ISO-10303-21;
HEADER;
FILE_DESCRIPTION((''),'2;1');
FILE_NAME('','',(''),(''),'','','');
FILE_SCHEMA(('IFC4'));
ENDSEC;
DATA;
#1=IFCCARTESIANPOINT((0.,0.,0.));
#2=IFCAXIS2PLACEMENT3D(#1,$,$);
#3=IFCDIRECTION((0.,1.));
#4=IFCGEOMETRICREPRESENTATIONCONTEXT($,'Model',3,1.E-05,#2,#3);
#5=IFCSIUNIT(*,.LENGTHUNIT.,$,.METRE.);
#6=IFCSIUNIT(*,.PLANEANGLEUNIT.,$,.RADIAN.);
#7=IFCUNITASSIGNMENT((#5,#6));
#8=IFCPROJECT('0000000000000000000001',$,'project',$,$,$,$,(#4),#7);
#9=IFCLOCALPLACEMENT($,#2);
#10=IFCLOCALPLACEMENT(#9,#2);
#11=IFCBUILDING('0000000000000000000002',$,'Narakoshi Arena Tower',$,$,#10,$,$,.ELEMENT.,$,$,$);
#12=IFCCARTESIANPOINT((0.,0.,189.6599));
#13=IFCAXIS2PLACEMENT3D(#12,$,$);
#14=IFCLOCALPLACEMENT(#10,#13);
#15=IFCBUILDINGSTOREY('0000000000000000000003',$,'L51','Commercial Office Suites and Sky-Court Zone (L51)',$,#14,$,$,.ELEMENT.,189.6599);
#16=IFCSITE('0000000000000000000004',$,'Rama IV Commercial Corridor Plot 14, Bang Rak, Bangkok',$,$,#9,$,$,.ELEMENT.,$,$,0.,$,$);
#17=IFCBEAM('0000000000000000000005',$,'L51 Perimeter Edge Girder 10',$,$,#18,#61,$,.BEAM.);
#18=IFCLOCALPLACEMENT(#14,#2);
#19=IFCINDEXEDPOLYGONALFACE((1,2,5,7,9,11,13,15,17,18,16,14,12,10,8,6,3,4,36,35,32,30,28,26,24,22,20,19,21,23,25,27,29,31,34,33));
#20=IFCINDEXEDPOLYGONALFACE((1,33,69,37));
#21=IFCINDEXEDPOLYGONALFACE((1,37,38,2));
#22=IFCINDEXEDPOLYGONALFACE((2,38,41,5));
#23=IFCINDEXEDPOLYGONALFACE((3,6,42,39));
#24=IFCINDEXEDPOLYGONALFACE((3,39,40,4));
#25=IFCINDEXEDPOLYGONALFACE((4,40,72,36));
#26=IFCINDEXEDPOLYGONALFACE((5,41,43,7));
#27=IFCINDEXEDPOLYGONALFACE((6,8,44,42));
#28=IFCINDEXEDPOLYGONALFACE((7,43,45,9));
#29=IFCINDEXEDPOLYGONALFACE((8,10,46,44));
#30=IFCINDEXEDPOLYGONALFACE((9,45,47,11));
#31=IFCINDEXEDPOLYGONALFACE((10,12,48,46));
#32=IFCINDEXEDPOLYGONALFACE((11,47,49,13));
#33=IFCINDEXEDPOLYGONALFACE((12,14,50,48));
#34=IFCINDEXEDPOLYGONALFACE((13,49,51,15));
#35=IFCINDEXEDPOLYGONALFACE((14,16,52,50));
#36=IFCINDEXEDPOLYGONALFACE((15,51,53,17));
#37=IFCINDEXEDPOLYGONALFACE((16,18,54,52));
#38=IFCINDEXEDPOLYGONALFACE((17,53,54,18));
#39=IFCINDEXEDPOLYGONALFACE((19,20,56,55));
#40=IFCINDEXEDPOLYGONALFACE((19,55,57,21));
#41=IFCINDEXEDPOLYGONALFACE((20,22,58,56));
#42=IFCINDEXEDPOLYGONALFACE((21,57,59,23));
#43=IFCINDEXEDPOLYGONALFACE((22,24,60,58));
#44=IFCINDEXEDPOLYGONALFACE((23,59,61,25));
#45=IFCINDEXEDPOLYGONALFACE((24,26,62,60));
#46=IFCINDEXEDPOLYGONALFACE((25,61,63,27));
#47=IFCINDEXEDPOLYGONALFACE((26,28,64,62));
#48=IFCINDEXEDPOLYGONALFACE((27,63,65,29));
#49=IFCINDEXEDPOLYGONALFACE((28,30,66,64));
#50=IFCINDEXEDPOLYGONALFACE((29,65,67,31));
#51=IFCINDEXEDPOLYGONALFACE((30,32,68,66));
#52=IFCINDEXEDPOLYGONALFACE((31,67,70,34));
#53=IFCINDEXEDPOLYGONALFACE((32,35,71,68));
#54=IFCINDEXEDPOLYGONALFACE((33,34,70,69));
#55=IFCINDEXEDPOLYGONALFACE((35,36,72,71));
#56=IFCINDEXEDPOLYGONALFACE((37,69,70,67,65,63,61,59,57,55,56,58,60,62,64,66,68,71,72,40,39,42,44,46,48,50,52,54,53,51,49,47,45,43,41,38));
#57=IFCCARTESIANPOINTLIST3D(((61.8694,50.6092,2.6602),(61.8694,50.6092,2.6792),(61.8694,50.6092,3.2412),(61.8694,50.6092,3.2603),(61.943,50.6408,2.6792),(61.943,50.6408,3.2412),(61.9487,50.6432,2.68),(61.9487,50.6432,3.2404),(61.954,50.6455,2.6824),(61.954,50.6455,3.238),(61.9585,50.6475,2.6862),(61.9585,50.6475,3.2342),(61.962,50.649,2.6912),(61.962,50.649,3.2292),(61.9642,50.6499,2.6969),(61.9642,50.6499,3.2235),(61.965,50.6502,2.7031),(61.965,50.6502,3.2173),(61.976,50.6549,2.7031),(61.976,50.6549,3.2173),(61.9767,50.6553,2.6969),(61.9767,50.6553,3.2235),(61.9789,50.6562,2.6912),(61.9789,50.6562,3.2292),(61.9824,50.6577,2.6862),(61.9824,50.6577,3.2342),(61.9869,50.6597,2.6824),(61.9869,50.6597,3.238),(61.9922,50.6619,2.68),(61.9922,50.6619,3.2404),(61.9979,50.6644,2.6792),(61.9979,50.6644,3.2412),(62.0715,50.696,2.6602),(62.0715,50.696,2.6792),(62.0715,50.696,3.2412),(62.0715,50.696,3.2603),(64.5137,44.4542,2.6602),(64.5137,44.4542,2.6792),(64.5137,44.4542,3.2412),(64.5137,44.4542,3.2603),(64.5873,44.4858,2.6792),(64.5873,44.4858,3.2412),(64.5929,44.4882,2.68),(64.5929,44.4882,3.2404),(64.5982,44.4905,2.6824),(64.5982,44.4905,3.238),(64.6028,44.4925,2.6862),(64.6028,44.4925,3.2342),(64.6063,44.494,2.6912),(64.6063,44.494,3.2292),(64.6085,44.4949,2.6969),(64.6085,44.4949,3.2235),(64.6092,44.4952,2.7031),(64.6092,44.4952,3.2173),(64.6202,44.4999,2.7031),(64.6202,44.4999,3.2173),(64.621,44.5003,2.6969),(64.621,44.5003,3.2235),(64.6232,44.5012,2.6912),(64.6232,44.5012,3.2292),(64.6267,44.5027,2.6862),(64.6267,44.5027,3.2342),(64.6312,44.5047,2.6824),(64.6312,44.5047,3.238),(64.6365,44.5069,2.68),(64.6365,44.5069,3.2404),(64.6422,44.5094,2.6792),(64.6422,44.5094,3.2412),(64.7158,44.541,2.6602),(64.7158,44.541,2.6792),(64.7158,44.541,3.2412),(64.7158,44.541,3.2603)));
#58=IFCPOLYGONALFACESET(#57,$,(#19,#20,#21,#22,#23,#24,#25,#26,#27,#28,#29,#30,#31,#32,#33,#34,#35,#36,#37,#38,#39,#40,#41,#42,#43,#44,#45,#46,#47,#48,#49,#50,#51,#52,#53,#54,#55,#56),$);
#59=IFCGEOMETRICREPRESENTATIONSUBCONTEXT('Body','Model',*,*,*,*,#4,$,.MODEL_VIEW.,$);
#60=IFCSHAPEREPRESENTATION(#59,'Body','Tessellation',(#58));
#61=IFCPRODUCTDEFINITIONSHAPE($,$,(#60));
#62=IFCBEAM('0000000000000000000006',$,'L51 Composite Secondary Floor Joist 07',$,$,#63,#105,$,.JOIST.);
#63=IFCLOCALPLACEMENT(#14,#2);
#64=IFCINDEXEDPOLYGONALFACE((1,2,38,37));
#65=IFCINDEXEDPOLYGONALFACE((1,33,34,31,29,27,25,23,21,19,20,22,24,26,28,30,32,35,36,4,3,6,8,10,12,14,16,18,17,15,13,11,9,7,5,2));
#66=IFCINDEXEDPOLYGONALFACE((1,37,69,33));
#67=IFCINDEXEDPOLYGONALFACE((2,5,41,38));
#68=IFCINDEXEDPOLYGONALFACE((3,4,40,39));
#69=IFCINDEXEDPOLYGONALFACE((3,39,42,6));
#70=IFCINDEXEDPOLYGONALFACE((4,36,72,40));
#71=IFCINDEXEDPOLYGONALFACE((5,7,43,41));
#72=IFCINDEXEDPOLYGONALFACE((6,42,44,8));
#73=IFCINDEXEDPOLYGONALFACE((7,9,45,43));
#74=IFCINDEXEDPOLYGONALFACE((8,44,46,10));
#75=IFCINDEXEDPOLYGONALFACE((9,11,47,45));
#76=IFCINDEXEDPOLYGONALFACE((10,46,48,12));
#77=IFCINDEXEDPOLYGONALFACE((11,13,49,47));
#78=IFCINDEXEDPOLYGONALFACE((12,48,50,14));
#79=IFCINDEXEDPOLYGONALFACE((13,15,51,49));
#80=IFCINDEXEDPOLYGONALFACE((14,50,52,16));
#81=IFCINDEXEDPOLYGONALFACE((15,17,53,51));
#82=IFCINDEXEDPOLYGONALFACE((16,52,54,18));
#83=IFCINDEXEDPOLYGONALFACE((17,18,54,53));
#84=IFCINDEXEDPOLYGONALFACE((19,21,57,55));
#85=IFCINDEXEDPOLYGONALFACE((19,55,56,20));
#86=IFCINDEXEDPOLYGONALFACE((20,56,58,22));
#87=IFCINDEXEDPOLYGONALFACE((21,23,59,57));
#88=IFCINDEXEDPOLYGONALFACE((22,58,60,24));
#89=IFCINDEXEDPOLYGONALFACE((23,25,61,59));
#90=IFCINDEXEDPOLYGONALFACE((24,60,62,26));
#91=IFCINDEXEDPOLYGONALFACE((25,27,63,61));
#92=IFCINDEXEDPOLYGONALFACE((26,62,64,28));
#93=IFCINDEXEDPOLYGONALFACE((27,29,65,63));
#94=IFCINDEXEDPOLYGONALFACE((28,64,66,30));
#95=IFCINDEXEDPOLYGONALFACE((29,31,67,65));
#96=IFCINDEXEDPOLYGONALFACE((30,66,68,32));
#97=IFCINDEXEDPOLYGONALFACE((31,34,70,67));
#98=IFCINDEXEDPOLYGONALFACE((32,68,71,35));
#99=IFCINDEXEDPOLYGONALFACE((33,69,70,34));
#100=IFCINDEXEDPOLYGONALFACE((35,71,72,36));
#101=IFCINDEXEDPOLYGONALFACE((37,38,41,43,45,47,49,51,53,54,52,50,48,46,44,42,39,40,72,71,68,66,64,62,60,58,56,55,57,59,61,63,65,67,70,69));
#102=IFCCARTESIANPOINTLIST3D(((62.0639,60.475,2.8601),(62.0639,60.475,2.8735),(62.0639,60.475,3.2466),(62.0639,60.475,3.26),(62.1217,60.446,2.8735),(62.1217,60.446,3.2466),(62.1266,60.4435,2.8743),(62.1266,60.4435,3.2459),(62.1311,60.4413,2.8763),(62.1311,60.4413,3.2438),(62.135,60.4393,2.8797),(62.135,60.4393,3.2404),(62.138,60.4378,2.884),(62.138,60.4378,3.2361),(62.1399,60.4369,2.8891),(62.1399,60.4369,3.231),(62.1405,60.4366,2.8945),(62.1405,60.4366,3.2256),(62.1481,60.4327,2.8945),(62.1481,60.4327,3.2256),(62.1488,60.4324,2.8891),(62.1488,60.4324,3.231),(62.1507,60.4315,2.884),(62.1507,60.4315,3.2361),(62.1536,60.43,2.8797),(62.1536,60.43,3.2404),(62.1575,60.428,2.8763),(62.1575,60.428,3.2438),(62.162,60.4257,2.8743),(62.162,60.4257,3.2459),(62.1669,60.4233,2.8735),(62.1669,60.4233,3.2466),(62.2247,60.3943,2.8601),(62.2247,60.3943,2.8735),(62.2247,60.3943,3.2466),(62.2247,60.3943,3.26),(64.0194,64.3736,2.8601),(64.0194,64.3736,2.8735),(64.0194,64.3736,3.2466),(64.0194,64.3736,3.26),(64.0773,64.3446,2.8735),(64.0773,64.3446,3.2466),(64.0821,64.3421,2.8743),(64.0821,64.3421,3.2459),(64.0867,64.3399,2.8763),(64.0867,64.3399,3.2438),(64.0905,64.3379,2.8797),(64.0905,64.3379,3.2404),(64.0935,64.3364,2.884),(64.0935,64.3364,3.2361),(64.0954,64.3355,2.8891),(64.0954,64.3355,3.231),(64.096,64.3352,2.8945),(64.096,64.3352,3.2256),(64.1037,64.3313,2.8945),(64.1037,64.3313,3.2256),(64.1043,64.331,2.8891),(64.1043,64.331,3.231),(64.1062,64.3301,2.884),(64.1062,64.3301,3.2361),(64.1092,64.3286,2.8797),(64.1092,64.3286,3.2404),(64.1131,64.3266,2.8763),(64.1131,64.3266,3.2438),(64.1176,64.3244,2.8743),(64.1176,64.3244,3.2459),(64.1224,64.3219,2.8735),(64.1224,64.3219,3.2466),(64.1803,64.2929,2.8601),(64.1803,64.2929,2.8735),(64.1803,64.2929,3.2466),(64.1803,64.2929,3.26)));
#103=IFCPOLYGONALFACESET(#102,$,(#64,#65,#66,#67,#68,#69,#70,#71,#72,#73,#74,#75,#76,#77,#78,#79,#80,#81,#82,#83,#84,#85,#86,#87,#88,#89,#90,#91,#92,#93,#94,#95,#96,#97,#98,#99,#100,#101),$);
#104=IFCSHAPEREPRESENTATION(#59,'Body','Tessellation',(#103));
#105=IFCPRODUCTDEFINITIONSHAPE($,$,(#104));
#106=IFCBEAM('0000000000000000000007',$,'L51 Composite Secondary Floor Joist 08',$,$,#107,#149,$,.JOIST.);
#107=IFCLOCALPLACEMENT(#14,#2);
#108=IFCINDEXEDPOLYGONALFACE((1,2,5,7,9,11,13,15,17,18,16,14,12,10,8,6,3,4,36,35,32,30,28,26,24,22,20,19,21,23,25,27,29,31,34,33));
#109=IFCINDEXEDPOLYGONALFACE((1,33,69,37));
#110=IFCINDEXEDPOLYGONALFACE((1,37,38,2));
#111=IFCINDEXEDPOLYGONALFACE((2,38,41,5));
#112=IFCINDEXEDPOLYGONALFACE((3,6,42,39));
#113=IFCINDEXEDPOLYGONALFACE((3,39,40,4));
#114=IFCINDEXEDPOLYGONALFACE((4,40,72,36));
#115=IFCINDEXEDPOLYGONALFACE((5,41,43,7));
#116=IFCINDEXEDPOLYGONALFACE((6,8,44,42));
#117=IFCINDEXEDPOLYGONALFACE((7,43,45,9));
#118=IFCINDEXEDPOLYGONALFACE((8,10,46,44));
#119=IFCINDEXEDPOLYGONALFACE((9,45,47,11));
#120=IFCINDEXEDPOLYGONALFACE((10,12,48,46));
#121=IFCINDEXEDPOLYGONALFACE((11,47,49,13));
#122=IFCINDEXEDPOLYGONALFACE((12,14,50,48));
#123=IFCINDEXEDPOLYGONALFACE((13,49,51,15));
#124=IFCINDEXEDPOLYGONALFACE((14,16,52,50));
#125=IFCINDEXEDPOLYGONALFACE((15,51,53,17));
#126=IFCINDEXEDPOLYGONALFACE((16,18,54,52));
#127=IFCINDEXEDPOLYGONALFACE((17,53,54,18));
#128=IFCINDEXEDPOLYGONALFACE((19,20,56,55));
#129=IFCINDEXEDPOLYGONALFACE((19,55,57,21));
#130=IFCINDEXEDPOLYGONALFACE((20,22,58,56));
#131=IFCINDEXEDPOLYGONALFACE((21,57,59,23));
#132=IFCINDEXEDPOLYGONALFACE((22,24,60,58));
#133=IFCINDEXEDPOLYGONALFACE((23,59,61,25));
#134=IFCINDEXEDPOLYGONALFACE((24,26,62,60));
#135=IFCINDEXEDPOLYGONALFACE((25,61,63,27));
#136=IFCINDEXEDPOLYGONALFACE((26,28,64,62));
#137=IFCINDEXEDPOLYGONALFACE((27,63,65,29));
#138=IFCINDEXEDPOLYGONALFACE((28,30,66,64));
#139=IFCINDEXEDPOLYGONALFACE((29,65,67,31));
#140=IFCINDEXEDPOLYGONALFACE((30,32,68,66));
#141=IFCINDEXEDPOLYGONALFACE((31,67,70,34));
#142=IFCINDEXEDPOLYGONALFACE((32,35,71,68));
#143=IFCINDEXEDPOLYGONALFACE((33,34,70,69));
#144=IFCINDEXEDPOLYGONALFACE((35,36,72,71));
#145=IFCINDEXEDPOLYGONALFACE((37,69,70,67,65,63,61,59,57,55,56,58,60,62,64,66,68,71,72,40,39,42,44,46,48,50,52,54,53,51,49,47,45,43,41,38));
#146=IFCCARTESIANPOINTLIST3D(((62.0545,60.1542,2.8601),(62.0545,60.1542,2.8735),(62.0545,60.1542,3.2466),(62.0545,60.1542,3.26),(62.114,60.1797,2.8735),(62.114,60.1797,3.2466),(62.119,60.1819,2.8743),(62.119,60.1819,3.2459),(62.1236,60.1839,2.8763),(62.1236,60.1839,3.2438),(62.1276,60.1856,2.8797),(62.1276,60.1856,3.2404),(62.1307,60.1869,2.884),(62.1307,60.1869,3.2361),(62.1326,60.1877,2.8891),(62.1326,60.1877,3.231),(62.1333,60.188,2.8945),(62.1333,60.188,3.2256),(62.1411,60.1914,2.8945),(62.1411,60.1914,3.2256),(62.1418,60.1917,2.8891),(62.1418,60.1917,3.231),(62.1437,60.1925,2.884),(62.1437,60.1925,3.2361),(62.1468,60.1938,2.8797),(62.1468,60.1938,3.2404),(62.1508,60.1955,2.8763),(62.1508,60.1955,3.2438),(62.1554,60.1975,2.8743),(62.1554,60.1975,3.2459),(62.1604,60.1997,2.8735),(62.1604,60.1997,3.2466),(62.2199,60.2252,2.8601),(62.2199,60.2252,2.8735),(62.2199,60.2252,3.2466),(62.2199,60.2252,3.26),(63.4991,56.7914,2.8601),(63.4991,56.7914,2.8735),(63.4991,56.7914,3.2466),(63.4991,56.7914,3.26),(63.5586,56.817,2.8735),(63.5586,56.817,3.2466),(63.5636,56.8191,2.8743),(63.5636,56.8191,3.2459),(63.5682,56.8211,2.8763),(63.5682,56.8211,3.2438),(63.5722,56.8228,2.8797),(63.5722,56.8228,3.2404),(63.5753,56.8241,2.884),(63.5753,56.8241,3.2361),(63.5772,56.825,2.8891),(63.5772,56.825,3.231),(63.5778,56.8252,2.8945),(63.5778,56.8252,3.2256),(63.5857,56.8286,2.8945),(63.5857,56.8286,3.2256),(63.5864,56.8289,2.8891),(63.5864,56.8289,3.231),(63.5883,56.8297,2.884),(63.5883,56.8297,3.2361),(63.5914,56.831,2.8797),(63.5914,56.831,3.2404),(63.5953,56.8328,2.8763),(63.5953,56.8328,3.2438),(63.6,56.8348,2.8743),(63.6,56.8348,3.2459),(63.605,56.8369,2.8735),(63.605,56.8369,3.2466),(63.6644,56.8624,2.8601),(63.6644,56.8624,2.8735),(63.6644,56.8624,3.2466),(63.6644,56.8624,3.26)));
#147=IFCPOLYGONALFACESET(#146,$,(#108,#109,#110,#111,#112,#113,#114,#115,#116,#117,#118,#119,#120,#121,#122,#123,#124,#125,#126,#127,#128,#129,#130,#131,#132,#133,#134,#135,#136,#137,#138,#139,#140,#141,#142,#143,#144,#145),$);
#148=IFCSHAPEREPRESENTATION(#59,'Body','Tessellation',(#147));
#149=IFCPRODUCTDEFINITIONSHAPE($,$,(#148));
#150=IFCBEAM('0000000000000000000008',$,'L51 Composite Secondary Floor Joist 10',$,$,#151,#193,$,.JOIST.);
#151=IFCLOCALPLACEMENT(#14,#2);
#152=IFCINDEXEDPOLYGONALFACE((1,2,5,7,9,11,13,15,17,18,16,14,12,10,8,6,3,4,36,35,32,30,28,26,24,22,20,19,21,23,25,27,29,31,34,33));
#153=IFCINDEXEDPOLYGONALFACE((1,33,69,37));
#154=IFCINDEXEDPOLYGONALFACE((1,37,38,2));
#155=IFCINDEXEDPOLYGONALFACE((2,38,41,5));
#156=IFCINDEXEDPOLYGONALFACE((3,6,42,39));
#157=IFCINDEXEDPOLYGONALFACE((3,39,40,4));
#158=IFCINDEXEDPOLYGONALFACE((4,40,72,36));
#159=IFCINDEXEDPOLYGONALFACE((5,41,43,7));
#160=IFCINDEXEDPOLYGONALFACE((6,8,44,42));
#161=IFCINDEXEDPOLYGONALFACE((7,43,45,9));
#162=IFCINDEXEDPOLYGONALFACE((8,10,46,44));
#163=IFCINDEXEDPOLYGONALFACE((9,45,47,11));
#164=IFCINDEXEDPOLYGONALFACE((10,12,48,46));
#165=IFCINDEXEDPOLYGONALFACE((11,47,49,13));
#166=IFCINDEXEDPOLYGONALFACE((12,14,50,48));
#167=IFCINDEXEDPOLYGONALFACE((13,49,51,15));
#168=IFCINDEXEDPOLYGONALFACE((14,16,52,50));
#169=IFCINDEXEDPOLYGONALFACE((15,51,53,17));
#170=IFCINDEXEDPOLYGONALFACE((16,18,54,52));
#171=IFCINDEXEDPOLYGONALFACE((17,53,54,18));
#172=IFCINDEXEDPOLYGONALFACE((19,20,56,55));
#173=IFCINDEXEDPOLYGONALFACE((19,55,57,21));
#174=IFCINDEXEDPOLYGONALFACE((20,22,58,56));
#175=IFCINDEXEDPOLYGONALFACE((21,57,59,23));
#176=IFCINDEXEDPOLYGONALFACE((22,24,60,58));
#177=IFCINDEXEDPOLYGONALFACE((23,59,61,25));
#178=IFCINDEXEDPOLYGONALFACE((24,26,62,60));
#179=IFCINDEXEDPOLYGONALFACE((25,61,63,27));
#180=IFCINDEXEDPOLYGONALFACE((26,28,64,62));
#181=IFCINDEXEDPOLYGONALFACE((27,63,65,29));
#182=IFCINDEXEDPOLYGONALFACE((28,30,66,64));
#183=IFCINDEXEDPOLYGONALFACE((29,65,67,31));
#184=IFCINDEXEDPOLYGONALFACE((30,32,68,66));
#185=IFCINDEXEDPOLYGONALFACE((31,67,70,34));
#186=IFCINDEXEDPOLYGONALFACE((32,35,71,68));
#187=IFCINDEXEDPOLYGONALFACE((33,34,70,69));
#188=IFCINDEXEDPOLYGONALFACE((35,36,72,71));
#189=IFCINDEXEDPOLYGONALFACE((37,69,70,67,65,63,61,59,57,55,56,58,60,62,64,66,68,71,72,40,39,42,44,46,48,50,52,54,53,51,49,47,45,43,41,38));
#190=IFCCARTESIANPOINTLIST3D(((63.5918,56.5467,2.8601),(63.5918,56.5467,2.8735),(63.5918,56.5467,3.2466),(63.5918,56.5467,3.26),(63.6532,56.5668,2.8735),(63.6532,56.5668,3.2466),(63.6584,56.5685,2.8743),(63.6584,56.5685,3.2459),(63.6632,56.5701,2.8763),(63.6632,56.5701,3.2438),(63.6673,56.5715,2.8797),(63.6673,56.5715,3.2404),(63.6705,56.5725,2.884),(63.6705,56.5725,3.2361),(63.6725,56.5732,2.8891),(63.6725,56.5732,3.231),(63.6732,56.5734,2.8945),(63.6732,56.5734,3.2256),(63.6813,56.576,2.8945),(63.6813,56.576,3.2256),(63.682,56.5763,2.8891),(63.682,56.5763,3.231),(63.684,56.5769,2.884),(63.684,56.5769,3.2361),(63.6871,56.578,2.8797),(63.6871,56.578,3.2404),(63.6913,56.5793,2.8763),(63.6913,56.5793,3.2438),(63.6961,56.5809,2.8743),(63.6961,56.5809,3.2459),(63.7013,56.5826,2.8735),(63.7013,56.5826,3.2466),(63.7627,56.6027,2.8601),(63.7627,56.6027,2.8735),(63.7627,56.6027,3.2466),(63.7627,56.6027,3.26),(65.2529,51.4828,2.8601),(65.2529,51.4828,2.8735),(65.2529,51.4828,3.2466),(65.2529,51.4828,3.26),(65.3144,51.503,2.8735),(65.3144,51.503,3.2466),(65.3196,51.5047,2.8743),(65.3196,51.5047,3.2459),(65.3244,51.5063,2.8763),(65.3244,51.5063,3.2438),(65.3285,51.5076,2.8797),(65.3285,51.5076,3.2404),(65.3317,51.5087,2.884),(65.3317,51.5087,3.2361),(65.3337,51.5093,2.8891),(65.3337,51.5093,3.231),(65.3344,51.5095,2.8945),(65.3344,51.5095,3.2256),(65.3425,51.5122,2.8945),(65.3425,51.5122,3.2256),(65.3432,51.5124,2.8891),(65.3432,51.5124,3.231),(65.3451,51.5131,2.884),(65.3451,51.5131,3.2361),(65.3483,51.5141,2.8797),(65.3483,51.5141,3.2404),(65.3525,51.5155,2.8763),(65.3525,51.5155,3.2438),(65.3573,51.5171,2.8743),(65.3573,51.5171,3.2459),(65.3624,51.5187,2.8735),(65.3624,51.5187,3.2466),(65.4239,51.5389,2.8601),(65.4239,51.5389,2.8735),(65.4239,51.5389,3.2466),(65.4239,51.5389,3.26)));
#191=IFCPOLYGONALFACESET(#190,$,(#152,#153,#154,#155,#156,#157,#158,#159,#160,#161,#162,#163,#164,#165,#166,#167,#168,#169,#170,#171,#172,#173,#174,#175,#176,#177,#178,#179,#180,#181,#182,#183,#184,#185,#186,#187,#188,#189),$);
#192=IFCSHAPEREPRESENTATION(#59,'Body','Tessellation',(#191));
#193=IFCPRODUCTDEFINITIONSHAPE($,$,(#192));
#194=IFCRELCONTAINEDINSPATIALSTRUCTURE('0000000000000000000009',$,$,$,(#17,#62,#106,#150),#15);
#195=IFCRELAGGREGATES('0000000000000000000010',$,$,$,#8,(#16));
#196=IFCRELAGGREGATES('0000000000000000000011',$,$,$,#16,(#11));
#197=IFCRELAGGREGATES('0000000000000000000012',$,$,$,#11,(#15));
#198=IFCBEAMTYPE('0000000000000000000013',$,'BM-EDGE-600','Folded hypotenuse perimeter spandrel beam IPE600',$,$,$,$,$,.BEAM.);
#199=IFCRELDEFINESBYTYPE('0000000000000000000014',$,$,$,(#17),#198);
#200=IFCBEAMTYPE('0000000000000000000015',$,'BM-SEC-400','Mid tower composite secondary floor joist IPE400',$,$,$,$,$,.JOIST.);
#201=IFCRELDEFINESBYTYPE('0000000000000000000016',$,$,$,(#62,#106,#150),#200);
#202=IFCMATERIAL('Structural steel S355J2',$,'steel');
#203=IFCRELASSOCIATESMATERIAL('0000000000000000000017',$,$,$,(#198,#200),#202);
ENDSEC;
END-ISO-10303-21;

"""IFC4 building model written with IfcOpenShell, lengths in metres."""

from ifc_helpers import new_model, si_unit, direction, frame, origin, origin_2d, place, context, subcontext, project, spatial, i_section, extrude, material, material_profile, profile_set, type_object, element, save


model = new_model("IFC4")

# Units and contexts
model_context = context("Model", 3, precision=1e-05, world=origin(), true_north=direction((0.0, 1.0)))
body_context = subcontext(model_context, "Body", "Model", "MODEL_VIEW")
ifc_project = project(units=[si_unit("LENGTHUNIT", "METRE"), si_unit("PLANEANGLEUNIT", "RADIAN")], contexts=[model_context])

# Site, building, storey
site_placement = place(None, origin())
site = spatial("IfcSite", under=ifc_project, at=site_placement, Name="Rama IV Commercial Corridor Plot 14, Bang Rak, Bangkok", CompositionType="ELEMENT", RefElevation=0.0)
building_placement = place(site_placement, origin())
building = spatial("IfcBuilding", under=site, at=building_placement, Name="Narakoshi Arena Tower", CompositionType="ELEMENT")
storey_placement = place(building_placement, frame((0.0, 0.0, 189.6599)))
storey = spatial("IfcBuildingStorey", under=building, at=storey_placement, Name="L51", Description="Commercial Office Suites and Sky-Court Zone (L51)", CompositionType="ELEMENT", Elevation=189.6599)

# Beams
ifc_material_1 = material(Name="Structural steel S355J2", Category="steel")
ifc_material_profile_1 = material_profile(ifc_material_1, i_section(OverallWidth=0.22, OverallDepth=0.6001, WebThickness=0.012, FlangeThickness=0.019, FilletRadius=0.0239, at=origin_2d()), Name="IPE600")
ifc_profile_set_1 = profile_set([ifc_material_profile_1], Name="Structural steel S355J2")
beam_type_1 = type_object("IfcBeamType", Name="BM-EDGE-600", Description="Folded hypotenuse perimeter spandrel beam IPE600", PredefinedType="BEAM", material=ifc_profile_set_1)
beam_1_placement = place(storey_placement, frame((61.9705, 50.6526, 2.9602), z_axis=(0.394728, -0.918798, 0.0), x_axis=(0.918798, 0.394728, 0.0)))
element("IfcBeam", 1, at=beam_1_placement, inside=storey, type_object=beam_type_1, Name="L51 Perimeter Edge Girder 10", PredefinedType="BEAM", context=body_context, shape_type="SweptSolid", body=[
    extrude(i_section(OverallWidth=0.22, OverallDepth=0.6001, WebThickness=0.012, FlangeThickness=0.019, FilletRadius=0.0239, at=origin_2d()), origin(), (0.0, 0.0, 1.0), 6.699),
])
ifc_material_profile_2 = material_profile(ifc_material_1, i_section(OverallWidth=0.1799, OverallDepth=0.3999, WebThickness=0.0085, FlangeThickness=0.0134, FilletRadius=0.021, at=origin_2d()), Name="IPE400")
ifc_profile_set_2 = profile_set([ifc_material_profile_2], Name="Structural steel S355J2")
beam_type_2 = type_object("IfcBeamType", Name="BM-SEC-400", Description="Mid tower composite secondary floor joist IPE400", PredefinedType="JOIST", material=ifc_profile_set_2)
beam_2_placement = place(storey_placement, frame((64.0999, 64.3333, 3.0601), z_axis=(-0.448355, -0.893856, 0.0), x_axis=(0.893856, -0.448355, 0.0)))
element("IfcBeam", 2, at=beam_2_placement, inside=storey, type_object=beam_type_2, Name="L51 Composite Secondary Floor Joist 07", PredefinedType="JOIST", context=body_context, shape_type="SweptSolid", body=[
    extrude(i_section(OverallWidth=0.1799, OverallDepth=0.3999, WebThickness=0.0085, FlangeThickness=0.0134, FilletRadius=0.021, at=origin_2d()), origin(), (0.0, 0.0, 1.0), 4.3616),
])
beam_3_placement = place(storey_placement, frame((62.1372, 60.1897, 3.0601), z_axis=(0.3947, -0.91881, 0.0), x_axis=(0.91881, 0.3947, 0.0)))
element("IfcBeam", 3, at=beam_3_placement, inside=storey, type_object=beam_type_2, Name="L51 Composite Secondary Floor Joist 08", PredefinedType="JOIST", context=body_context, shape_type="SweptSolid", body=[
    extrude(i_section(OverallWidth=0.1799, OverallDepth=0.3999, WebThickness=0.0085, FlangeThickness=0.0134, FilletRadius=0.021, at=origin_2d()), origin(), (0.0, 0.0, 1.0), 3.6599),
])
beam_4_placement = place(storey_placement, frame((63.6772, 56.5747, 3.0601), z_axis=(0.311703, -0.95018, 0.0), x_axis=(0.95018, 0.311703, 0.0)))
element("IfcBeam", 4, at=beam_4_placement, inside=storey, type_object=beam_type_2, Name="L51 Composite Secondary Floor Joist 10", PredefinedType="JOIST", context=body_context, shape_type="SweptSolid", body=[
    extrude(i_section(OverallWidth=0.1799, OverallDepth=0.3999, WebThickness=0.0085, FlangeThickness=0.0134, FilletRadius=0.021, at=origin_2d()), origin(), (0.0, 0.0, 1.0), 5.3293),
])

save(model, "model.ifc")
